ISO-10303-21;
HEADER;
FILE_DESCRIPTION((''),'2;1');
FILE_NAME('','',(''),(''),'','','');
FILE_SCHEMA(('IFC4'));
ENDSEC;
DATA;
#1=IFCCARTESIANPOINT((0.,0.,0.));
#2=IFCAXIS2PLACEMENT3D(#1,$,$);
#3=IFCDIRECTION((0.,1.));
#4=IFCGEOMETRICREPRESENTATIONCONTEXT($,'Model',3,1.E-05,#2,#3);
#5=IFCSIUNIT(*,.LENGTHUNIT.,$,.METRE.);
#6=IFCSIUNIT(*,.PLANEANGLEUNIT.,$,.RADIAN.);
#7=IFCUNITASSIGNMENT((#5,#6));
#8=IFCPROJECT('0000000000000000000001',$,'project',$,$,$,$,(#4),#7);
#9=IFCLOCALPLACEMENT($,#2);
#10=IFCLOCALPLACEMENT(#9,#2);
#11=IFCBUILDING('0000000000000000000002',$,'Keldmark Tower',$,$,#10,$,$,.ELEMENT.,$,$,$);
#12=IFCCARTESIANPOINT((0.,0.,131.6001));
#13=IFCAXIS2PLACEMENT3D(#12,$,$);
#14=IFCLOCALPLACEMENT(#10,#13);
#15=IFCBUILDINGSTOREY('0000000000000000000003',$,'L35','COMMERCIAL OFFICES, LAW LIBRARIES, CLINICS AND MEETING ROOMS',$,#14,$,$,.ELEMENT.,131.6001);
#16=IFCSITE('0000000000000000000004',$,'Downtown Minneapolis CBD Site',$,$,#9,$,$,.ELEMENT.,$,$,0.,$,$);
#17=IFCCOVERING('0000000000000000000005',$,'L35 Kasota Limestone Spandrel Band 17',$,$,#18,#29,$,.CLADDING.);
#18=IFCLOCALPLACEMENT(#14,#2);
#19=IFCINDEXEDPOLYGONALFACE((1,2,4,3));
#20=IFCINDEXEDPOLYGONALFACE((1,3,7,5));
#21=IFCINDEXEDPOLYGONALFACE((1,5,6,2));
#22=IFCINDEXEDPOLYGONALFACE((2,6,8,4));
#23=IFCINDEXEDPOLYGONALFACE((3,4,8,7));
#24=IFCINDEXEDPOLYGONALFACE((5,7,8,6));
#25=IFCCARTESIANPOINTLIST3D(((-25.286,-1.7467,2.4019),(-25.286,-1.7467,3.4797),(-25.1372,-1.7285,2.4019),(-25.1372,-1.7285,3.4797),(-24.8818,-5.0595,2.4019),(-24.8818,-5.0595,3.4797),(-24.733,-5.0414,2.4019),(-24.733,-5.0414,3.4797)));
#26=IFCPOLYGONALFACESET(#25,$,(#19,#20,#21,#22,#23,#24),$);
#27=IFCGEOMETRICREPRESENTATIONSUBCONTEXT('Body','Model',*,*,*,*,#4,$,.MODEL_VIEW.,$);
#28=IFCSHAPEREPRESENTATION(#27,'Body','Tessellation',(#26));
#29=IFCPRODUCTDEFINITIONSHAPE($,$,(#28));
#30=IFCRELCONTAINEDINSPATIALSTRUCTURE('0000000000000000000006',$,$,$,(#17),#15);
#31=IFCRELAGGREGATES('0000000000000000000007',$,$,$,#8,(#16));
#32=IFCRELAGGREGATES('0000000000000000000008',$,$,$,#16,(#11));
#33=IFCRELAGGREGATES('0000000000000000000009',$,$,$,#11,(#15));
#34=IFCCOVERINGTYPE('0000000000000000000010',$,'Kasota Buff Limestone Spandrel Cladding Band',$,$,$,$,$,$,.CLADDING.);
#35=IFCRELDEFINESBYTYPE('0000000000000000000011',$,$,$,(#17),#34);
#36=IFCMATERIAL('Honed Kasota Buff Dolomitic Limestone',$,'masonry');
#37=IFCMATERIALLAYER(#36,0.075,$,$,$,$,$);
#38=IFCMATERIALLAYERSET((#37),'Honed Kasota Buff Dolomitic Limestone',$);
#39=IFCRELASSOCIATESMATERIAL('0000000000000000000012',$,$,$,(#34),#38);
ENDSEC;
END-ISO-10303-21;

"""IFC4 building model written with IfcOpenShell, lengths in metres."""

from ifc_helpers import new_model, si_unit, direction, frame, origin, origin_2d, place, context, subcontext, project, spatial, rectangle, extrude, material, layer, layer_set, type_object, element, save


model = new_model("IFC4")

# Units and contexts
model_context = context("Model", 3, precision=1e-05, world=origin(), true_north=direction((0.0, 1.0)))
body_context = subcontext(model_context, "Body", "Model", "MODEL_VIEW")
ifc_project = project(units=[si_unit("LENGTHUNIT", "METRE"), si_unit("PLANEANGLEUNIT", "RADIAN")], contexts=[model_context])

# Site, building, storey
site_placement = place(None, origin())
site = spatial("IfcSite", under=ifc_project, at=site_placement, Name="Downtown Minneapolis CBD Site", CompositionType="ELEMENT", RefElevation=0.0)
building_placement = place(site_placement, origin())
building = spatial("IfcBuilding", under=site, at=building_placement, Name="Keldmark Tower", CompositionType="ELEMENT")
storey_placement = place(building_placement, frame((0.0, 0.0, 131.6001)))
storey = spatial("IfcBuildingStorey", under=building, at=storey_placement, Name="L35", Description="COMMERCIAL OFFICES, LAW LIBRARIES, CLINICS AND MEETING ROOMS", CompositionType="ELEMENT", Elevation=131.6001)

# Covering
ifc_material_1 = material(Name="Honed Kasota Buff Dolomitic Limestone", Category="masonry")
ifc_layer_1 = layer(ifc_material_1, 0.075)
ifc_layer_set_1 = layer_set([ifc_layer_1], Name="Honed Kasota Buff Dolomitic Limestone")
covering_type = type_object("IfcCoveringType", Name="Kasota Buff Limestone Spandrel Cladding Band", PredefinedType="CLADDING", material=ifc_layer_set_1)
covering_placement = place(storey_placement, frame((-25.0095, -3.394, 2.4019), z_axis=(0.0, 0.0, 1.0), x_axis=(0.121124, -0.992637, 0.0)))
element("IfcCovering", 1, at=covering_placement, inside=storey, type_object=covering_type, Name="L35 Kasota Limestone Spandrel Band 17", PredefinedType="CLADDING", context=body_context, shape_type="SweptSolid", body=[
    extrude(rectangle(XDim=3.3374, YDim=0.1499, at=origin_2d()), origin(), (0.0, 0.0, 1.0), 1.0779),
])

save(model, "model.ifc")
